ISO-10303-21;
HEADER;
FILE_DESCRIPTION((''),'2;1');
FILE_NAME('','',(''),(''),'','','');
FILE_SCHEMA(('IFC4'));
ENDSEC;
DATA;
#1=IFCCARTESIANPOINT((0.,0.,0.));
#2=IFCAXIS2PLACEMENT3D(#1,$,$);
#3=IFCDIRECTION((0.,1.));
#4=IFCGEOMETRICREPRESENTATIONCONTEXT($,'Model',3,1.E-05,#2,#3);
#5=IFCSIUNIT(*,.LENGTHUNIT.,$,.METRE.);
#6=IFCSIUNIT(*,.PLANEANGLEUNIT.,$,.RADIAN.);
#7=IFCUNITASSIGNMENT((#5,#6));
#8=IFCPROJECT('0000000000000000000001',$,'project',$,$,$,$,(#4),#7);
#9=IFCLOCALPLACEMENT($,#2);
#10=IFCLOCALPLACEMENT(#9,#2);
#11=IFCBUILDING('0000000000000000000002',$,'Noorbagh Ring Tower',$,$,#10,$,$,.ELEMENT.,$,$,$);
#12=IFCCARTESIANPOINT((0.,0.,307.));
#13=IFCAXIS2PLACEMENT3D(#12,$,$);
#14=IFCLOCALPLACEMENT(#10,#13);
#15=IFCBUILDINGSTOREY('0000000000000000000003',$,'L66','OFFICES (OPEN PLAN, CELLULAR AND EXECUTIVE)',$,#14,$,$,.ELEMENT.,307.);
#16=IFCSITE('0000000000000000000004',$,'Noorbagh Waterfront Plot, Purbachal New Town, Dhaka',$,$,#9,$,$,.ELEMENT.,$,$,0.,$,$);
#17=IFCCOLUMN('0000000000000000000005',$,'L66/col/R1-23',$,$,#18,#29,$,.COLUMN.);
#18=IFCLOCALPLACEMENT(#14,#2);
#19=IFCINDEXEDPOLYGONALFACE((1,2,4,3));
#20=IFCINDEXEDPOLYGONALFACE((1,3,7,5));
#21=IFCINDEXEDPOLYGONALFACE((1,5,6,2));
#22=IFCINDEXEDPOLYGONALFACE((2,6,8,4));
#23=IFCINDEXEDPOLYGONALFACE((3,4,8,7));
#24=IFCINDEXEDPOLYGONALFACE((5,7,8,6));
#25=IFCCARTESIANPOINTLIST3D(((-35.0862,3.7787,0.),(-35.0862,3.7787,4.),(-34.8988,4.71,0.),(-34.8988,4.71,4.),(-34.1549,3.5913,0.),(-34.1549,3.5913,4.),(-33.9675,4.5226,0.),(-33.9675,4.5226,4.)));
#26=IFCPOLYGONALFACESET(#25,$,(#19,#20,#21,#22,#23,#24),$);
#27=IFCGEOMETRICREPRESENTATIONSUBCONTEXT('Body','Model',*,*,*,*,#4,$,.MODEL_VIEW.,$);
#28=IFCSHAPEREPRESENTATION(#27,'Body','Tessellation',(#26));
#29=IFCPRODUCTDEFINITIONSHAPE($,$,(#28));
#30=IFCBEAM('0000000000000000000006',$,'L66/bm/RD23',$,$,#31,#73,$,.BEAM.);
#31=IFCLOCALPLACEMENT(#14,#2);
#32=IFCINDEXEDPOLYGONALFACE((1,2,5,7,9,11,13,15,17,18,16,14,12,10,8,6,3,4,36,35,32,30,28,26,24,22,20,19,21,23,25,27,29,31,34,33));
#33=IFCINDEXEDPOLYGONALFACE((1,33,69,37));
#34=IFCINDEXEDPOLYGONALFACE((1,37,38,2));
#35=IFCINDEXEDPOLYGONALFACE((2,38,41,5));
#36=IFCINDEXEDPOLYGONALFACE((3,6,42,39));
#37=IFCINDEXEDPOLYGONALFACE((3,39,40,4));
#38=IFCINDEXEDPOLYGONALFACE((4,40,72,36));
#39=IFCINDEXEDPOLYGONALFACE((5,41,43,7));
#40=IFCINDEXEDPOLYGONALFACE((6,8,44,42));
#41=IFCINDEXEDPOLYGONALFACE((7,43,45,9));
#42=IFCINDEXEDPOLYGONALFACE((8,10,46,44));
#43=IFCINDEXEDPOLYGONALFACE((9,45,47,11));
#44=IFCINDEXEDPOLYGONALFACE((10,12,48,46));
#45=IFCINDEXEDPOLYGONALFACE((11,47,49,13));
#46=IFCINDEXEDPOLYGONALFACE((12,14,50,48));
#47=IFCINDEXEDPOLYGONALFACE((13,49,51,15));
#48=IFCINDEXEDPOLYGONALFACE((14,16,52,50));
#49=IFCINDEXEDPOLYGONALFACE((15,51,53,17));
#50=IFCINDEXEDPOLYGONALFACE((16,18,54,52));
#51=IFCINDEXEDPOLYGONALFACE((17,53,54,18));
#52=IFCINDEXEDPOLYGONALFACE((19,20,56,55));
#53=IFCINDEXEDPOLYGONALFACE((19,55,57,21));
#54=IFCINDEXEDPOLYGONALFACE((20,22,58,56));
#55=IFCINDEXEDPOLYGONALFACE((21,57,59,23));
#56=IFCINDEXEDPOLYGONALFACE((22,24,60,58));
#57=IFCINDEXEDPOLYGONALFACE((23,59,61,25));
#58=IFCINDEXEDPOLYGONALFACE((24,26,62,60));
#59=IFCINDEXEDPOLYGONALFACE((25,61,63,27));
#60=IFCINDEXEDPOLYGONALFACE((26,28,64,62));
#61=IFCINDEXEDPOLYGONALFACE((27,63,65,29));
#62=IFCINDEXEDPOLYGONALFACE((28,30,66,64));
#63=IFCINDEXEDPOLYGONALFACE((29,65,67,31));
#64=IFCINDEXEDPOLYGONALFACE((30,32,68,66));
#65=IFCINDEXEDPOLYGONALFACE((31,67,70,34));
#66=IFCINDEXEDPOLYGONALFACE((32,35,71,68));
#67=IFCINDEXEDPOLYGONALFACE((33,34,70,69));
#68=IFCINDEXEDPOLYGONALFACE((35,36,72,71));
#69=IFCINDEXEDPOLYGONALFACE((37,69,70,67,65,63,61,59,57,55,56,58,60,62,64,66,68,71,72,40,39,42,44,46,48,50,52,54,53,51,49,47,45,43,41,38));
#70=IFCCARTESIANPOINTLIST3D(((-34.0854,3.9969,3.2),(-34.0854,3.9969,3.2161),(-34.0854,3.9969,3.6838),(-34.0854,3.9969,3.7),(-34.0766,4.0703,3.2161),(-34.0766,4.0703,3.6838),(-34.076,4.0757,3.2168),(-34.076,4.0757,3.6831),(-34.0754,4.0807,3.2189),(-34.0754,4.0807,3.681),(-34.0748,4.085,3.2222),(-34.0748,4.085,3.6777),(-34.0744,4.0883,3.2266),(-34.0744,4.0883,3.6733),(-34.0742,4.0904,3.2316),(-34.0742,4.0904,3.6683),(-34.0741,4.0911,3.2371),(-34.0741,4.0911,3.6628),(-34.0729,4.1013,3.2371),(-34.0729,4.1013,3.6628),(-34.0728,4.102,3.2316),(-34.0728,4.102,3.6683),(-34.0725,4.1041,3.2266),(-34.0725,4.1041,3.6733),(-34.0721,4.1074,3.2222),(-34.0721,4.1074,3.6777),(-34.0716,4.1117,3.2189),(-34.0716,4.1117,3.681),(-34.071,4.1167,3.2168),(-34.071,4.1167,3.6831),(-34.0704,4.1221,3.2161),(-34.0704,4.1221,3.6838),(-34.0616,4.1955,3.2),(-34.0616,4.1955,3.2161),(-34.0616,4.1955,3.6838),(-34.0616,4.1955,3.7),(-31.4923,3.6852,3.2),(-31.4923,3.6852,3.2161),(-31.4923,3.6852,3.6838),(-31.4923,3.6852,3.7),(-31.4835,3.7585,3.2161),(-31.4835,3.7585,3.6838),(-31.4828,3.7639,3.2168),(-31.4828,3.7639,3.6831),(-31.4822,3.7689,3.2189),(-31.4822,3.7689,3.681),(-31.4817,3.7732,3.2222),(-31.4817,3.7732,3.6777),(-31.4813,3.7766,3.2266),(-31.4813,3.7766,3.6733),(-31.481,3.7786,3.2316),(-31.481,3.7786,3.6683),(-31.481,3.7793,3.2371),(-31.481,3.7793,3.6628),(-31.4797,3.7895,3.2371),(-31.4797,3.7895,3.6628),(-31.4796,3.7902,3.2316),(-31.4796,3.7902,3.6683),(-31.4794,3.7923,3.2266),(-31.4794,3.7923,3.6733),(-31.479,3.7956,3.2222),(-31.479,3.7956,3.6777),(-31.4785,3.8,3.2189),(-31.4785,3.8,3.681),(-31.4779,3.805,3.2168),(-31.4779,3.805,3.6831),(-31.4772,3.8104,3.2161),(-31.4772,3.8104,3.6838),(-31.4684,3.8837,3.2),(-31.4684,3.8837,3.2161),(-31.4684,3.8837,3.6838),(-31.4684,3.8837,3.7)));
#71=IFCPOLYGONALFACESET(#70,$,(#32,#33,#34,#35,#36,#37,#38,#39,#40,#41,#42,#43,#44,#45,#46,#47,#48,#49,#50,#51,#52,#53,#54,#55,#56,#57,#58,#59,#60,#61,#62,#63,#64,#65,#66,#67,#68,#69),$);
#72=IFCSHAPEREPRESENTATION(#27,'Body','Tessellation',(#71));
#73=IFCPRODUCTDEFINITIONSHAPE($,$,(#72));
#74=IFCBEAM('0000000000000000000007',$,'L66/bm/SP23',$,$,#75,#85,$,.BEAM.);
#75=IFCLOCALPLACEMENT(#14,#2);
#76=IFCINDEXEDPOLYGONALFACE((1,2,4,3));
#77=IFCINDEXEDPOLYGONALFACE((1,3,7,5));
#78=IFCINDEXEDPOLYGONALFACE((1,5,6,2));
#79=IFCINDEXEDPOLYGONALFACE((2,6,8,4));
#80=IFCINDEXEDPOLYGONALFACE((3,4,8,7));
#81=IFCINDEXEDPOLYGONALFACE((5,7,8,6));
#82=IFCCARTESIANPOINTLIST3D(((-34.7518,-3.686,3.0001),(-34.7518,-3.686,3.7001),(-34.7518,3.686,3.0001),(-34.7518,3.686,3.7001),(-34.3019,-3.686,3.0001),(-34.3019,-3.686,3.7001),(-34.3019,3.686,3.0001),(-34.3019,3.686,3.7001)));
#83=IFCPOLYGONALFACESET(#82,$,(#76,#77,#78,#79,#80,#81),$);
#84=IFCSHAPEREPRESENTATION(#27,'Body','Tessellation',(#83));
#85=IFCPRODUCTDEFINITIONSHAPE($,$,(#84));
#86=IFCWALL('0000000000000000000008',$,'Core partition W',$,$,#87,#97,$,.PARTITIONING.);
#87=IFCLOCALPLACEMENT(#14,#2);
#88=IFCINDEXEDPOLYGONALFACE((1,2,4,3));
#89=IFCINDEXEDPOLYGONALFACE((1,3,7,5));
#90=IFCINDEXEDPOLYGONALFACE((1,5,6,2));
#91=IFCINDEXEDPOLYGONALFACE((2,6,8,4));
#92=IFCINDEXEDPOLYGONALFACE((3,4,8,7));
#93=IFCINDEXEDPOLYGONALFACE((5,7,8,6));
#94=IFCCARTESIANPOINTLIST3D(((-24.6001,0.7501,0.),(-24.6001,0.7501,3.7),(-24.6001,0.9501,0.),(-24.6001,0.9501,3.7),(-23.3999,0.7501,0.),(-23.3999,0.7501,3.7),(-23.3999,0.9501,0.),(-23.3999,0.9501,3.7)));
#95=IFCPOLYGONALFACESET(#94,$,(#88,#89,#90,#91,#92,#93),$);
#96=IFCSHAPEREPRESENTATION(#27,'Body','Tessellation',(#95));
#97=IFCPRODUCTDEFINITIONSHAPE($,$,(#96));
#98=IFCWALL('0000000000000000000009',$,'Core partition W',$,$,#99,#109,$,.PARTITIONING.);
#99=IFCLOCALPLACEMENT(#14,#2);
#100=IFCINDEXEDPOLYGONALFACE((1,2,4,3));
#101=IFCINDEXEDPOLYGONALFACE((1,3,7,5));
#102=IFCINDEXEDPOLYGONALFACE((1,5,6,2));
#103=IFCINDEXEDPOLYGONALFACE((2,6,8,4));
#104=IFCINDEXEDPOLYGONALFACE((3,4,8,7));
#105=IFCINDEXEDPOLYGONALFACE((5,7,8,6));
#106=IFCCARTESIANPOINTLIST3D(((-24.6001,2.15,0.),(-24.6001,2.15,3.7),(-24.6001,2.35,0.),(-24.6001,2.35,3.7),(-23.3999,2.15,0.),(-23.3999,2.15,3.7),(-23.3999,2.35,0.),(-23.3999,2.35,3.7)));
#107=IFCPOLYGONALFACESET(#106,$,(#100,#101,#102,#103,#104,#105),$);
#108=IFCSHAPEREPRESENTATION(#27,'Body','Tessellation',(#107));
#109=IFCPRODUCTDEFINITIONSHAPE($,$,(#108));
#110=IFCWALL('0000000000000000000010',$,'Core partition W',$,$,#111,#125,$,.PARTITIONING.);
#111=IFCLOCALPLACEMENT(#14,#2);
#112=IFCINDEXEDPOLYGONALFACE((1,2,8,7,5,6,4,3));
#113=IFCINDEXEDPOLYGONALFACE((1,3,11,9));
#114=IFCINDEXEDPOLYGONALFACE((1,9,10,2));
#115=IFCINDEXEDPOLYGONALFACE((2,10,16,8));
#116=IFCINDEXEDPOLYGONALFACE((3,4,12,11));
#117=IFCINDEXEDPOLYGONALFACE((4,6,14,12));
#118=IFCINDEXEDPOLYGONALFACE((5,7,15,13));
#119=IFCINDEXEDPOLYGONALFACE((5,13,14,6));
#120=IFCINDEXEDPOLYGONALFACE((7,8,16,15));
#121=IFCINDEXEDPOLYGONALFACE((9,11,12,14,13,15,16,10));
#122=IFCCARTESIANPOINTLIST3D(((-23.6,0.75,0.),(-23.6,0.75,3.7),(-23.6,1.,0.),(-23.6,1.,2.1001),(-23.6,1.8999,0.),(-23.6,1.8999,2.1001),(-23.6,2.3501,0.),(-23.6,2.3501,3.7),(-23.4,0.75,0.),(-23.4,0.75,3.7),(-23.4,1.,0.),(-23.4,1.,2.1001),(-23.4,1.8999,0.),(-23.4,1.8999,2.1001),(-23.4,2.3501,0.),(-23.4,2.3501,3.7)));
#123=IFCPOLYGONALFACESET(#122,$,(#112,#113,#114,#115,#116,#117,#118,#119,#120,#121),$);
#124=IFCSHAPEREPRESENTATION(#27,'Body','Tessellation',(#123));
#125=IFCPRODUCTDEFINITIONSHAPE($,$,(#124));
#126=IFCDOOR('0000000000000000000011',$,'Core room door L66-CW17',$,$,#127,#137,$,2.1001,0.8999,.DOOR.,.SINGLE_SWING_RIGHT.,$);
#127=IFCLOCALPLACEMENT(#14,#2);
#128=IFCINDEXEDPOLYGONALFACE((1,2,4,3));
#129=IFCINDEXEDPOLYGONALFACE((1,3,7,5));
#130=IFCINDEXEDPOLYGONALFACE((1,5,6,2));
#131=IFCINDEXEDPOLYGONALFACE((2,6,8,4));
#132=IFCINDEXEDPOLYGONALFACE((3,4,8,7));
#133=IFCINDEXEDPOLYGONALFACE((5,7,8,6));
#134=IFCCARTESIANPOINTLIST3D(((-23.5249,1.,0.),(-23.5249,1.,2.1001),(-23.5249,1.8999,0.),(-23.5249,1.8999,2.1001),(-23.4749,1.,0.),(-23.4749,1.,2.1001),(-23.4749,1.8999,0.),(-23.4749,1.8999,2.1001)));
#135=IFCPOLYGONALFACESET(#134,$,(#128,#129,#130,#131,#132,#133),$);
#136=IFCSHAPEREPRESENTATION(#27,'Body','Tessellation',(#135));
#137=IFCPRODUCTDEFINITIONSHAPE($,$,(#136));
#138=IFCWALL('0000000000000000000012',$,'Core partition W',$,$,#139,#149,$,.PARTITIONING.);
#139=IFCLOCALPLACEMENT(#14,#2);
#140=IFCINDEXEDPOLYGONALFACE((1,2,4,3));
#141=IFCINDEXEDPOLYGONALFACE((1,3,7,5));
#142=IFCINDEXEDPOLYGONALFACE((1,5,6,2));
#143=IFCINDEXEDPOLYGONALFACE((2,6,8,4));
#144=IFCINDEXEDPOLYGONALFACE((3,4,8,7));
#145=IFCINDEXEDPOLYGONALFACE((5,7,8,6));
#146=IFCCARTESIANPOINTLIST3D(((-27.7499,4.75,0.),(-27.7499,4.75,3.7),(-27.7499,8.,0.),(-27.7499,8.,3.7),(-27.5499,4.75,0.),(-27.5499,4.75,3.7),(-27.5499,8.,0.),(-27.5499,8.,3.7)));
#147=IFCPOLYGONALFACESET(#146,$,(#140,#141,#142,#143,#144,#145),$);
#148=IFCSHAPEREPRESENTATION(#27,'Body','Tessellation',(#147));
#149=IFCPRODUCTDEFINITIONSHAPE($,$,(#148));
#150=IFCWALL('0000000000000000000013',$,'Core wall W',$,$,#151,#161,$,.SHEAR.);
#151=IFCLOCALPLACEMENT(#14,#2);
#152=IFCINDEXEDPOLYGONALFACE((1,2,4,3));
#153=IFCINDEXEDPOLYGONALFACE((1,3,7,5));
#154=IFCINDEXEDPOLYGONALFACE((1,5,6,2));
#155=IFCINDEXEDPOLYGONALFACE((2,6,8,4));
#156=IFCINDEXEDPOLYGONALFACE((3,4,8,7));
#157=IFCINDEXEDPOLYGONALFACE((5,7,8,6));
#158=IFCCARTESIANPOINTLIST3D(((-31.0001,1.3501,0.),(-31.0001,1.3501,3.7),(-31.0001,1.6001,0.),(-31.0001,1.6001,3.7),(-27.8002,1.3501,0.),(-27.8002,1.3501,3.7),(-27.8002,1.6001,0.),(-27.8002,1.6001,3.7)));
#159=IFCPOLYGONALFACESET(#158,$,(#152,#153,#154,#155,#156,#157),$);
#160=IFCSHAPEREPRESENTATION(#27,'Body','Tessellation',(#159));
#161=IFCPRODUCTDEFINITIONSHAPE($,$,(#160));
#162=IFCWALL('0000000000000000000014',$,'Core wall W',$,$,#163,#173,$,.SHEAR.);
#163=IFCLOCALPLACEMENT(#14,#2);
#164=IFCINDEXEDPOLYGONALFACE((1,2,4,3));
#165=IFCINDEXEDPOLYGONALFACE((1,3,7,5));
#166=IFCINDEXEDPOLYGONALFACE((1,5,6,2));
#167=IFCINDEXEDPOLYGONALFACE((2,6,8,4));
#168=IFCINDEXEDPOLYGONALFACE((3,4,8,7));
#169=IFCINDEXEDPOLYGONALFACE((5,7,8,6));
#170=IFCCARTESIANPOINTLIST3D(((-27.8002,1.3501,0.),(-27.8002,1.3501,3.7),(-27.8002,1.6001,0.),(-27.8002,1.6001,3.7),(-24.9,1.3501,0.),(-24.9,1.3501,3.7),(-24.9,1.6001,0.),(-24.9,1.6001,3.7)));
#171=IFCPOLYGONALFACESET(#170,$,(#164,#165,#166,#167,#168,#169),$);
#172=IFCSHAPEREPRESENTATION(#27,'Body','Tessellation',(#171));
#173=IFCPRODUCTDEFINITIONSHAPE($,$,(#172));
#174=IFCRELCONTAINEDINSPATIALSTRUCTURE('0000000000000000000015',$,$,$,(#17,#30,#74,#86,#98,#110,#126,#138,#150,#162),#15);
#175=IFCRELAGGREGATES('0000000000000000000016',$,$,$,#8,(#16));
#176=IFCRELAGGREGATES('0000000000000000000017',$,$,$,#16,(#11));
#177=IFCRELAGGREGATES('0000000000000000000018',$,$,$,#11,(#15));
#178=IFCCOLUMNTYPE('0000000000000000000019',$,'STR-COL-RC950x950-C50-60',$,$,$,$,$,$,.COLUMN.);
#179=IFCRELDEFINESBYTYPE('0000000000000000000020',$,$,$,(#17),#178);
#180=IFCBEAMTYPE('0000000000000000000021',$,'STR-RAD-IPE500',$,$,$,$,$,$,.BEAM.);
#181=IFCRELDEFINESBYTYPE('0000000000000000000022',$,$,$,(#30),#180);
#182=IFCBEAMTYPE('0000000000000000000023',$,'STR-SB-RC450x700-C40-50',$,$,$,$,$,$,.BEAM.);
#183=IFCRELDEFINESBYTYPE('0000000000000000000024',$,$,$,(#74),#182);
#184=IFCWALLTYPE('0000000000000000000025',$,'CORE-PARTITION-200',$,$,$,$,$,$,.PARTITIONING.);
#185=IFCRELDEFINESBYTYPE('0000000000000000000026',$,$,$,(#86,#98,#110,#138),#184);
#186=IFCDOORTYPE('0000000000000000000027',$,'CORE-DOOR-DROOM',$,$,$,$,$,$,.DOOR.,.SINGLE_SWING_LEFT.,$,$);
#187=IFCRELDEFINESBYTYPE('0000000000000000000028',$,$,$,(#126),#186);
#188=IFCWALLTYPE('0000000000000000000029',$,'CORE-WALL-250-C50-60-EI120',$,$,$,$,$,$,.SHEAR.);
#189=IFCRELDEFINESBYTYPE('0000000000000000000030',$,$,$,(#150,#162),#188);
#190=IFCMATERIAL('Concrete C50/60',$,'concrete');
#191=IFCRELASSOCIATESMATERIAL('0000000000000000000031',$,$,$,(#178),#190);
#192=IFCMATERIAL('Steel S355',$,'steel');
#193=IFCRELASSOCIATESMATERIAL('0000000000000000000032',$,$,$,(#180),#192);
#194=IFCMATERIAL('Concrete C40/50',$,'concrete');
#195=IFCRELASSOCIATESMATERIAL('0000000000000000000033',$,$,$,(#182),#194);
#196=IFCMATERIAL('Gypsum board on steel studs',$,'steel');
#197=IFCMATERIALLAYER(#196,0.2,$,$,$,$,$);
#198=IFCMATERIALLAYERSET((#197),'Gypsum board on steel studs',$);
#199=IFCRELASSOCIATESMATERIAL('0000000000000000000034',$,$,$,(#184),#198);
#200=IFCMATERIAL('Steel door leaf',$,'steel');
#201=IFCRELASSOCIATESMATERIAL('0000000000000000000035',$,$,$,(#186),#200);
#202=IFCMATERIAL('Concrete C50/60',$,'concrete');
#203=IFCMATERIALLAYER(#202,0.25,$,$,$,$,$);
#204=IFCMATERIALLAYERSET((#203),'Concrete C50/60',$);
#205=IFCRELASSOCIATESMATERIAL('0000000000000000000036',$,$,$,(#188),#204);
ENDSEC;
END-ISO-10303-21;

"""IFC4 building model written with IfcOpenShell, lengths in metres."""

from ifc_helpers import new_model, si_unit, direction, frame, frame_2d, origin, origin_2d, place, context, subcontext, project, spatial, rectangle, i_section, extrude, material, layer, layer_set, material_profile, profile_set, type_object, element, fill, save


model = new_model("IFC4")

# Units and contexts
model_context = context("Model", 3, precision=1e-05, world=origin(), true_north=direction((0.0, 1.0)))
body_context = subcontext(model_context, "Body", "Model", "MODEL_VIEW")
ifc_project = project(units=[si_unit("LENGTHUNIT", "METRE"), si_unit("PLANEANGLEUNIT", "RADIAN")], contexts=[model_context])

# Site, building, storey
site_placement = place(None, origin())
site = spatial("IfcSite", under=ifc_project, at=site_placement, Name="Noorbagh Waterfront Plot, Purbachal New Town, Dhaka", CompositionType="ELEMENT", RefElevation=0.0)
building_placement = place(site_placement, origin())
building = spatial("IfcBuilding", under=site, at=building_placement, Name="Noorbagh Ring Tower", CompositionType="ELEMENT")
storey_placement = place(building_placement, frame((0.0, 0.0, 307.0)))
storey = spatial("IfcBuildingStorey", under=building, at=storey_placement, Name="L66", Description="OFFICES (OPEN PLAN, CELLULAR AND EXECUTIVE)", CompositionType="ELEMENT", Elevation=307.0)

# Column
ifc_material_1 = material(Name="Concrete C50/60", Category="concrete")
ifc_material_profile_1 = material_profile(ifc_material_1, rectangle(XDim=0.95, YDim=0.95, at=origin_2d()), Name="RC950x950")
ifc_profile_set_1 = profile_set([ifc_material_profile_1], Name="Concrete C50/60")
column_type = type_object("IfcColumnType", Name="STR-COL-RC950x950-C50-60", PredefinedType="COLUMN", material=ifc_profile_set_1)
column_placement = place(storey_placement, frame((-34.5269, 4.1506, 0.0), z_axis=(0.0, 0.0, 1.0), x_axis=(-0.19723, -0.980357, 0.0)))
element("IfcColumn", 1, at=column_placement, inside=storey, type_object=column_type, Name="L66/col/R1-23", PredefinedType="COLUMN", context=body_context, shape_type="SweptSolid", body=[
    extrude(rectangle(XDim=0.95, YDim=0.95, at=origin_2d()), origin(), (0.0, 0.0, 1.0), 4.0),
])

# Beams
ifc_material_2 = material(Name="Steel S355", Category="steel")
ifc_material_profile_2 = material_profile(ifc_material_2, i_section(OverallWidth=0.2, OverallDepth=0.5, WebThickness=0.0103, FlangeThickness=0.0161, FilletRadius=0.021, at=origin_2d()), Name="IPE500")
ifc_profile_set_2 = profile_set([ifc_material_profile_2], Name="Steel S355")
beam_type_1 = type_object("IfcBeamType", Name="STR-RAD-IPE500", PredefinedType="BEAM", material=ifc_profile_set_2)
beam_1_placement = place(storey_placement, frame((-34.0735, 4.0962, 3.45), z_axis=(0.992851, -0.119363, 0.0), x_axis=(0.119363, 0.992851, 0.0)))
element("IfcBeam", 2, at=beam_1_placement, inside=storey, type_object=beam_type_1, Name="L66/bm/RD23", PredefinedType="BEAM", context=body_context, shape_type="SweptSolid", body=[
    extrude(i_section(OverallWidth=0.2, OverallDepth=0.5, WebThickness=0.0103, FlangeThickness=0.0161, FilletRadius=0.021, at=origin_2d()), origin(), (0.0, 0.0, 1.0), 2.6118),
])
ifc_material_3 = material(Name="Concrete C40/50", Category="concrete")
ifc_material_profile_3 = material_profile(ifc_material_3, rectangle(XDim=0.45, YDim=0.7, at=origin_2d()), Name="RC450x700")
ifc_profile_set_3 = profile_set([ifc_material_profile_3], Name="Concrete C40/50")
beam_type_2 = type_object("IfcBeamType", Name="STR-SB-RC450x700-C40-50", PredefinedType="BEAM", material=ifc_profile_set_3)
beam_2_placement = place(storey_placement, frame((-34.5269, 3.686, 3.3501), z_axis=(0.0, -1.0, 0.0), x_axis=(1.0, 0.0, 0.0)))
element("IfcBeam", 3, at=beam_2_placement, inside=storey, type_object=beam_type_2, Name="L66/bm/SP23", PredefinedType="BEAM", context=body_context, shape_type="SweptSolid", body=[
    extrude(rectangle(XDim=0.45, YDim=0.7, at=origin_2d()), origin(), (0.0, 0.0, 1.0), 7.3721),
])

# Walls
ifc_material_4 = material(Name="Gypsum board on steel studs", Category="steel")
ifc_layer_1 = layer(ifc_material_4, 0.2)
ifc_layer_set_1 = layer_set([ifc_layer_1], Name="Gypsum board on steel studs")
wall_type_1 = type_object("IfcWallType", Name="CORE-PARTITION-200", PredefinedType="PARTITIONING", material=ifc_layer_set_1)
for number, where, z_axis, x_axis, name in (
    (4, (-23.3999, 0.8501, 0.0), (0.0, 0.0, 1.0), (-1.0, 0.0, 0.0), "Core partition W"),
    (5, (-23.3999, 2.25, 0.0), (0.0, 0.0, 1.0), (-1.0, 0.0, 0.0), "Core partition W"),
):
    element("IfcWall", number, at=place(storey_placement, frame(where, z_axis=z_axis, x_axis=x_axis)), inside=storey, type_object=wall_type_1, Name=name, PredefinedType="PARTITIONING", context=body_context, shape_type="SweptSolid", body=[
        extrude(rectangle(XDim=1.2002, YDim=0.2, at=frame_2d((0.6001, 0.0))), origin(), (0.0, 0.0, 1.0), 3.7),
    ])

# Wall, opening, door
wall_1_placement = place(storey_placement, frame((-23.5, 0.75, 0.0), z_axis=(0.0, 0.0, 1.0), x_axis=(0.0, 1.0, 0.0)))
wall_1 = element("IfcWall", 6, at=wall_1_placement, inside=storey, type_object=wall_type_1, Name="Core partition W", PredefinedType="PARTITIONING", context=body_context, shape_type="SweptSolid", body=[
    extrude(rectangle(XDim=1.6001, YDim=0.2, at=frame_2d((0.8, 0.0))), origin(), (0.0, 0.0, 1.0), 3.7),
])
opening_1_placement = place(wall_1_placement, frame((0.25, 0.0, 0.0)))
opening_1 = element("IfcOpeningElement", 7, at=opening_1_placement, cuts=wall_1, PredefinedType="OPENING", context=body_context, shape_type="SweptSolid", body=[
    extrude(rectangle(XDim=0.8999, YDim=2.1001, at=frame_2d((0.45, 1.05))), frame((0.0, 0.1099, 0.0), z_axis=(0.0, -1.0, 0.0), x_axis=(1.0, 0.0, 0.0)), (0.0, 0.0, 1.0), 0.22),
])
ifc_material_5 = material(Name="Steel door leaf", Category="steel")
door_type_1 = type_object("IfcDoorType", Name="CORE-DOOR-DROOM", OperationType="SINGLE_SWING_LEFT", PredefinedType="DOOR", material=ifc_material_5)
door_1_placement = place(opening_1_placement, origin())
door_1 = element("IfcDoor", 8, at=door_1_placement, inside=storey, type_object=door_type_1, Name="Core room door L66-CW17", OperationType="SINGLE_SWING_RIGHT", OverallHeight=2.1001, OverallWidth=0.8999, PredefinedType="DOOR", context=body_context, shape_type="SweptSolid", body=[
    extrude(rectangle(XDim=0.8999, YDim=2.1001, at=frame_2d((0.45, 1.05))), frame((0.0, 0.0249, 0.0), z_axis=(0.0, -1.0, 0.0), x_axis=(1.0, 0.0, 0.0)), (0.0, 0.0, 1.0), 0.05),
])
fill(opening_1, door_1)

# Walls
wall_2_placement = place(storey_placement, frame((-27.6499, 4.75, 0.0), z_axis=(0.0, 0.0, 1.0), x_axis=(0.0, 1.0, 0.0)))
element("IfcWall", 9, at=wall_2_placement, inside=storey, type_object=wall_type_1, Name="Core partition W", PredefinedType="PARTITIONING", context=body_context, shape_type="SweptSolid", body=[
    extrude(rectangle(XDim=3.25, YDim=0.2, at=frame_2d((1.625, 0.0))), origin(), (0.0, 0.0, 1.0), 3.7),
])
ifc_material_6 = material(Name="Concrete C50/60", Category="concrete")
ifc_layer_2 = layer(ifc_material_6, 0.25)
ifc_layer_set_2 = layer_set([ifc_layer_2], Name="Concrete C50/60")
wall_type_2 = type_object("IfcWallType", Name="CORE-WALL-250-C50-60-EI120", PredefinedType="SHEAR", material=ifc_layer_set_2)
wall_3_placement = place(storey_placement, frame((-27.8, 1.4751, 0.0), z_axis=(0.0, 0.0, 1.0), x_axis=(-1.0, 0.0, 0.0)))
element("IfcWall", 10, at=wall_3_placement, inside=storey, type_object=wall_type_2, Name="Core wall W", PredefinedType="SHEAR", context=body_context, shape_type="SweptSolid", body=[
    extrude(rectangle(XDim=3.2, YDim=0.25, at=frame_2d((1.6001, 0.0))), origin(), (0.0, 0.0, 1.0), 3.7),
])
wall_4_placement = place(storey_placement, frame((-24.8999, 1.4751, 0.0), z_axis=(0.0, 0.0, 1.0), x_axis=(-1.0, 0.0, 0.0)))
element("IfcWall", 11, at=wall_4_placement, inside=storey, type_object=wall_type_2, Name="Core wall W", PredefinedType="SHEAR", context=body_context, shape_type="SweptSolid", body=[
    extrude(rectangle(XDim=2.9001, YDim=0.25, at=frame_2d((1.4502, 0.0))), origin(), (0.0, 0.0, 1.0), 3.7),
])

save(model, "model.ifc")
